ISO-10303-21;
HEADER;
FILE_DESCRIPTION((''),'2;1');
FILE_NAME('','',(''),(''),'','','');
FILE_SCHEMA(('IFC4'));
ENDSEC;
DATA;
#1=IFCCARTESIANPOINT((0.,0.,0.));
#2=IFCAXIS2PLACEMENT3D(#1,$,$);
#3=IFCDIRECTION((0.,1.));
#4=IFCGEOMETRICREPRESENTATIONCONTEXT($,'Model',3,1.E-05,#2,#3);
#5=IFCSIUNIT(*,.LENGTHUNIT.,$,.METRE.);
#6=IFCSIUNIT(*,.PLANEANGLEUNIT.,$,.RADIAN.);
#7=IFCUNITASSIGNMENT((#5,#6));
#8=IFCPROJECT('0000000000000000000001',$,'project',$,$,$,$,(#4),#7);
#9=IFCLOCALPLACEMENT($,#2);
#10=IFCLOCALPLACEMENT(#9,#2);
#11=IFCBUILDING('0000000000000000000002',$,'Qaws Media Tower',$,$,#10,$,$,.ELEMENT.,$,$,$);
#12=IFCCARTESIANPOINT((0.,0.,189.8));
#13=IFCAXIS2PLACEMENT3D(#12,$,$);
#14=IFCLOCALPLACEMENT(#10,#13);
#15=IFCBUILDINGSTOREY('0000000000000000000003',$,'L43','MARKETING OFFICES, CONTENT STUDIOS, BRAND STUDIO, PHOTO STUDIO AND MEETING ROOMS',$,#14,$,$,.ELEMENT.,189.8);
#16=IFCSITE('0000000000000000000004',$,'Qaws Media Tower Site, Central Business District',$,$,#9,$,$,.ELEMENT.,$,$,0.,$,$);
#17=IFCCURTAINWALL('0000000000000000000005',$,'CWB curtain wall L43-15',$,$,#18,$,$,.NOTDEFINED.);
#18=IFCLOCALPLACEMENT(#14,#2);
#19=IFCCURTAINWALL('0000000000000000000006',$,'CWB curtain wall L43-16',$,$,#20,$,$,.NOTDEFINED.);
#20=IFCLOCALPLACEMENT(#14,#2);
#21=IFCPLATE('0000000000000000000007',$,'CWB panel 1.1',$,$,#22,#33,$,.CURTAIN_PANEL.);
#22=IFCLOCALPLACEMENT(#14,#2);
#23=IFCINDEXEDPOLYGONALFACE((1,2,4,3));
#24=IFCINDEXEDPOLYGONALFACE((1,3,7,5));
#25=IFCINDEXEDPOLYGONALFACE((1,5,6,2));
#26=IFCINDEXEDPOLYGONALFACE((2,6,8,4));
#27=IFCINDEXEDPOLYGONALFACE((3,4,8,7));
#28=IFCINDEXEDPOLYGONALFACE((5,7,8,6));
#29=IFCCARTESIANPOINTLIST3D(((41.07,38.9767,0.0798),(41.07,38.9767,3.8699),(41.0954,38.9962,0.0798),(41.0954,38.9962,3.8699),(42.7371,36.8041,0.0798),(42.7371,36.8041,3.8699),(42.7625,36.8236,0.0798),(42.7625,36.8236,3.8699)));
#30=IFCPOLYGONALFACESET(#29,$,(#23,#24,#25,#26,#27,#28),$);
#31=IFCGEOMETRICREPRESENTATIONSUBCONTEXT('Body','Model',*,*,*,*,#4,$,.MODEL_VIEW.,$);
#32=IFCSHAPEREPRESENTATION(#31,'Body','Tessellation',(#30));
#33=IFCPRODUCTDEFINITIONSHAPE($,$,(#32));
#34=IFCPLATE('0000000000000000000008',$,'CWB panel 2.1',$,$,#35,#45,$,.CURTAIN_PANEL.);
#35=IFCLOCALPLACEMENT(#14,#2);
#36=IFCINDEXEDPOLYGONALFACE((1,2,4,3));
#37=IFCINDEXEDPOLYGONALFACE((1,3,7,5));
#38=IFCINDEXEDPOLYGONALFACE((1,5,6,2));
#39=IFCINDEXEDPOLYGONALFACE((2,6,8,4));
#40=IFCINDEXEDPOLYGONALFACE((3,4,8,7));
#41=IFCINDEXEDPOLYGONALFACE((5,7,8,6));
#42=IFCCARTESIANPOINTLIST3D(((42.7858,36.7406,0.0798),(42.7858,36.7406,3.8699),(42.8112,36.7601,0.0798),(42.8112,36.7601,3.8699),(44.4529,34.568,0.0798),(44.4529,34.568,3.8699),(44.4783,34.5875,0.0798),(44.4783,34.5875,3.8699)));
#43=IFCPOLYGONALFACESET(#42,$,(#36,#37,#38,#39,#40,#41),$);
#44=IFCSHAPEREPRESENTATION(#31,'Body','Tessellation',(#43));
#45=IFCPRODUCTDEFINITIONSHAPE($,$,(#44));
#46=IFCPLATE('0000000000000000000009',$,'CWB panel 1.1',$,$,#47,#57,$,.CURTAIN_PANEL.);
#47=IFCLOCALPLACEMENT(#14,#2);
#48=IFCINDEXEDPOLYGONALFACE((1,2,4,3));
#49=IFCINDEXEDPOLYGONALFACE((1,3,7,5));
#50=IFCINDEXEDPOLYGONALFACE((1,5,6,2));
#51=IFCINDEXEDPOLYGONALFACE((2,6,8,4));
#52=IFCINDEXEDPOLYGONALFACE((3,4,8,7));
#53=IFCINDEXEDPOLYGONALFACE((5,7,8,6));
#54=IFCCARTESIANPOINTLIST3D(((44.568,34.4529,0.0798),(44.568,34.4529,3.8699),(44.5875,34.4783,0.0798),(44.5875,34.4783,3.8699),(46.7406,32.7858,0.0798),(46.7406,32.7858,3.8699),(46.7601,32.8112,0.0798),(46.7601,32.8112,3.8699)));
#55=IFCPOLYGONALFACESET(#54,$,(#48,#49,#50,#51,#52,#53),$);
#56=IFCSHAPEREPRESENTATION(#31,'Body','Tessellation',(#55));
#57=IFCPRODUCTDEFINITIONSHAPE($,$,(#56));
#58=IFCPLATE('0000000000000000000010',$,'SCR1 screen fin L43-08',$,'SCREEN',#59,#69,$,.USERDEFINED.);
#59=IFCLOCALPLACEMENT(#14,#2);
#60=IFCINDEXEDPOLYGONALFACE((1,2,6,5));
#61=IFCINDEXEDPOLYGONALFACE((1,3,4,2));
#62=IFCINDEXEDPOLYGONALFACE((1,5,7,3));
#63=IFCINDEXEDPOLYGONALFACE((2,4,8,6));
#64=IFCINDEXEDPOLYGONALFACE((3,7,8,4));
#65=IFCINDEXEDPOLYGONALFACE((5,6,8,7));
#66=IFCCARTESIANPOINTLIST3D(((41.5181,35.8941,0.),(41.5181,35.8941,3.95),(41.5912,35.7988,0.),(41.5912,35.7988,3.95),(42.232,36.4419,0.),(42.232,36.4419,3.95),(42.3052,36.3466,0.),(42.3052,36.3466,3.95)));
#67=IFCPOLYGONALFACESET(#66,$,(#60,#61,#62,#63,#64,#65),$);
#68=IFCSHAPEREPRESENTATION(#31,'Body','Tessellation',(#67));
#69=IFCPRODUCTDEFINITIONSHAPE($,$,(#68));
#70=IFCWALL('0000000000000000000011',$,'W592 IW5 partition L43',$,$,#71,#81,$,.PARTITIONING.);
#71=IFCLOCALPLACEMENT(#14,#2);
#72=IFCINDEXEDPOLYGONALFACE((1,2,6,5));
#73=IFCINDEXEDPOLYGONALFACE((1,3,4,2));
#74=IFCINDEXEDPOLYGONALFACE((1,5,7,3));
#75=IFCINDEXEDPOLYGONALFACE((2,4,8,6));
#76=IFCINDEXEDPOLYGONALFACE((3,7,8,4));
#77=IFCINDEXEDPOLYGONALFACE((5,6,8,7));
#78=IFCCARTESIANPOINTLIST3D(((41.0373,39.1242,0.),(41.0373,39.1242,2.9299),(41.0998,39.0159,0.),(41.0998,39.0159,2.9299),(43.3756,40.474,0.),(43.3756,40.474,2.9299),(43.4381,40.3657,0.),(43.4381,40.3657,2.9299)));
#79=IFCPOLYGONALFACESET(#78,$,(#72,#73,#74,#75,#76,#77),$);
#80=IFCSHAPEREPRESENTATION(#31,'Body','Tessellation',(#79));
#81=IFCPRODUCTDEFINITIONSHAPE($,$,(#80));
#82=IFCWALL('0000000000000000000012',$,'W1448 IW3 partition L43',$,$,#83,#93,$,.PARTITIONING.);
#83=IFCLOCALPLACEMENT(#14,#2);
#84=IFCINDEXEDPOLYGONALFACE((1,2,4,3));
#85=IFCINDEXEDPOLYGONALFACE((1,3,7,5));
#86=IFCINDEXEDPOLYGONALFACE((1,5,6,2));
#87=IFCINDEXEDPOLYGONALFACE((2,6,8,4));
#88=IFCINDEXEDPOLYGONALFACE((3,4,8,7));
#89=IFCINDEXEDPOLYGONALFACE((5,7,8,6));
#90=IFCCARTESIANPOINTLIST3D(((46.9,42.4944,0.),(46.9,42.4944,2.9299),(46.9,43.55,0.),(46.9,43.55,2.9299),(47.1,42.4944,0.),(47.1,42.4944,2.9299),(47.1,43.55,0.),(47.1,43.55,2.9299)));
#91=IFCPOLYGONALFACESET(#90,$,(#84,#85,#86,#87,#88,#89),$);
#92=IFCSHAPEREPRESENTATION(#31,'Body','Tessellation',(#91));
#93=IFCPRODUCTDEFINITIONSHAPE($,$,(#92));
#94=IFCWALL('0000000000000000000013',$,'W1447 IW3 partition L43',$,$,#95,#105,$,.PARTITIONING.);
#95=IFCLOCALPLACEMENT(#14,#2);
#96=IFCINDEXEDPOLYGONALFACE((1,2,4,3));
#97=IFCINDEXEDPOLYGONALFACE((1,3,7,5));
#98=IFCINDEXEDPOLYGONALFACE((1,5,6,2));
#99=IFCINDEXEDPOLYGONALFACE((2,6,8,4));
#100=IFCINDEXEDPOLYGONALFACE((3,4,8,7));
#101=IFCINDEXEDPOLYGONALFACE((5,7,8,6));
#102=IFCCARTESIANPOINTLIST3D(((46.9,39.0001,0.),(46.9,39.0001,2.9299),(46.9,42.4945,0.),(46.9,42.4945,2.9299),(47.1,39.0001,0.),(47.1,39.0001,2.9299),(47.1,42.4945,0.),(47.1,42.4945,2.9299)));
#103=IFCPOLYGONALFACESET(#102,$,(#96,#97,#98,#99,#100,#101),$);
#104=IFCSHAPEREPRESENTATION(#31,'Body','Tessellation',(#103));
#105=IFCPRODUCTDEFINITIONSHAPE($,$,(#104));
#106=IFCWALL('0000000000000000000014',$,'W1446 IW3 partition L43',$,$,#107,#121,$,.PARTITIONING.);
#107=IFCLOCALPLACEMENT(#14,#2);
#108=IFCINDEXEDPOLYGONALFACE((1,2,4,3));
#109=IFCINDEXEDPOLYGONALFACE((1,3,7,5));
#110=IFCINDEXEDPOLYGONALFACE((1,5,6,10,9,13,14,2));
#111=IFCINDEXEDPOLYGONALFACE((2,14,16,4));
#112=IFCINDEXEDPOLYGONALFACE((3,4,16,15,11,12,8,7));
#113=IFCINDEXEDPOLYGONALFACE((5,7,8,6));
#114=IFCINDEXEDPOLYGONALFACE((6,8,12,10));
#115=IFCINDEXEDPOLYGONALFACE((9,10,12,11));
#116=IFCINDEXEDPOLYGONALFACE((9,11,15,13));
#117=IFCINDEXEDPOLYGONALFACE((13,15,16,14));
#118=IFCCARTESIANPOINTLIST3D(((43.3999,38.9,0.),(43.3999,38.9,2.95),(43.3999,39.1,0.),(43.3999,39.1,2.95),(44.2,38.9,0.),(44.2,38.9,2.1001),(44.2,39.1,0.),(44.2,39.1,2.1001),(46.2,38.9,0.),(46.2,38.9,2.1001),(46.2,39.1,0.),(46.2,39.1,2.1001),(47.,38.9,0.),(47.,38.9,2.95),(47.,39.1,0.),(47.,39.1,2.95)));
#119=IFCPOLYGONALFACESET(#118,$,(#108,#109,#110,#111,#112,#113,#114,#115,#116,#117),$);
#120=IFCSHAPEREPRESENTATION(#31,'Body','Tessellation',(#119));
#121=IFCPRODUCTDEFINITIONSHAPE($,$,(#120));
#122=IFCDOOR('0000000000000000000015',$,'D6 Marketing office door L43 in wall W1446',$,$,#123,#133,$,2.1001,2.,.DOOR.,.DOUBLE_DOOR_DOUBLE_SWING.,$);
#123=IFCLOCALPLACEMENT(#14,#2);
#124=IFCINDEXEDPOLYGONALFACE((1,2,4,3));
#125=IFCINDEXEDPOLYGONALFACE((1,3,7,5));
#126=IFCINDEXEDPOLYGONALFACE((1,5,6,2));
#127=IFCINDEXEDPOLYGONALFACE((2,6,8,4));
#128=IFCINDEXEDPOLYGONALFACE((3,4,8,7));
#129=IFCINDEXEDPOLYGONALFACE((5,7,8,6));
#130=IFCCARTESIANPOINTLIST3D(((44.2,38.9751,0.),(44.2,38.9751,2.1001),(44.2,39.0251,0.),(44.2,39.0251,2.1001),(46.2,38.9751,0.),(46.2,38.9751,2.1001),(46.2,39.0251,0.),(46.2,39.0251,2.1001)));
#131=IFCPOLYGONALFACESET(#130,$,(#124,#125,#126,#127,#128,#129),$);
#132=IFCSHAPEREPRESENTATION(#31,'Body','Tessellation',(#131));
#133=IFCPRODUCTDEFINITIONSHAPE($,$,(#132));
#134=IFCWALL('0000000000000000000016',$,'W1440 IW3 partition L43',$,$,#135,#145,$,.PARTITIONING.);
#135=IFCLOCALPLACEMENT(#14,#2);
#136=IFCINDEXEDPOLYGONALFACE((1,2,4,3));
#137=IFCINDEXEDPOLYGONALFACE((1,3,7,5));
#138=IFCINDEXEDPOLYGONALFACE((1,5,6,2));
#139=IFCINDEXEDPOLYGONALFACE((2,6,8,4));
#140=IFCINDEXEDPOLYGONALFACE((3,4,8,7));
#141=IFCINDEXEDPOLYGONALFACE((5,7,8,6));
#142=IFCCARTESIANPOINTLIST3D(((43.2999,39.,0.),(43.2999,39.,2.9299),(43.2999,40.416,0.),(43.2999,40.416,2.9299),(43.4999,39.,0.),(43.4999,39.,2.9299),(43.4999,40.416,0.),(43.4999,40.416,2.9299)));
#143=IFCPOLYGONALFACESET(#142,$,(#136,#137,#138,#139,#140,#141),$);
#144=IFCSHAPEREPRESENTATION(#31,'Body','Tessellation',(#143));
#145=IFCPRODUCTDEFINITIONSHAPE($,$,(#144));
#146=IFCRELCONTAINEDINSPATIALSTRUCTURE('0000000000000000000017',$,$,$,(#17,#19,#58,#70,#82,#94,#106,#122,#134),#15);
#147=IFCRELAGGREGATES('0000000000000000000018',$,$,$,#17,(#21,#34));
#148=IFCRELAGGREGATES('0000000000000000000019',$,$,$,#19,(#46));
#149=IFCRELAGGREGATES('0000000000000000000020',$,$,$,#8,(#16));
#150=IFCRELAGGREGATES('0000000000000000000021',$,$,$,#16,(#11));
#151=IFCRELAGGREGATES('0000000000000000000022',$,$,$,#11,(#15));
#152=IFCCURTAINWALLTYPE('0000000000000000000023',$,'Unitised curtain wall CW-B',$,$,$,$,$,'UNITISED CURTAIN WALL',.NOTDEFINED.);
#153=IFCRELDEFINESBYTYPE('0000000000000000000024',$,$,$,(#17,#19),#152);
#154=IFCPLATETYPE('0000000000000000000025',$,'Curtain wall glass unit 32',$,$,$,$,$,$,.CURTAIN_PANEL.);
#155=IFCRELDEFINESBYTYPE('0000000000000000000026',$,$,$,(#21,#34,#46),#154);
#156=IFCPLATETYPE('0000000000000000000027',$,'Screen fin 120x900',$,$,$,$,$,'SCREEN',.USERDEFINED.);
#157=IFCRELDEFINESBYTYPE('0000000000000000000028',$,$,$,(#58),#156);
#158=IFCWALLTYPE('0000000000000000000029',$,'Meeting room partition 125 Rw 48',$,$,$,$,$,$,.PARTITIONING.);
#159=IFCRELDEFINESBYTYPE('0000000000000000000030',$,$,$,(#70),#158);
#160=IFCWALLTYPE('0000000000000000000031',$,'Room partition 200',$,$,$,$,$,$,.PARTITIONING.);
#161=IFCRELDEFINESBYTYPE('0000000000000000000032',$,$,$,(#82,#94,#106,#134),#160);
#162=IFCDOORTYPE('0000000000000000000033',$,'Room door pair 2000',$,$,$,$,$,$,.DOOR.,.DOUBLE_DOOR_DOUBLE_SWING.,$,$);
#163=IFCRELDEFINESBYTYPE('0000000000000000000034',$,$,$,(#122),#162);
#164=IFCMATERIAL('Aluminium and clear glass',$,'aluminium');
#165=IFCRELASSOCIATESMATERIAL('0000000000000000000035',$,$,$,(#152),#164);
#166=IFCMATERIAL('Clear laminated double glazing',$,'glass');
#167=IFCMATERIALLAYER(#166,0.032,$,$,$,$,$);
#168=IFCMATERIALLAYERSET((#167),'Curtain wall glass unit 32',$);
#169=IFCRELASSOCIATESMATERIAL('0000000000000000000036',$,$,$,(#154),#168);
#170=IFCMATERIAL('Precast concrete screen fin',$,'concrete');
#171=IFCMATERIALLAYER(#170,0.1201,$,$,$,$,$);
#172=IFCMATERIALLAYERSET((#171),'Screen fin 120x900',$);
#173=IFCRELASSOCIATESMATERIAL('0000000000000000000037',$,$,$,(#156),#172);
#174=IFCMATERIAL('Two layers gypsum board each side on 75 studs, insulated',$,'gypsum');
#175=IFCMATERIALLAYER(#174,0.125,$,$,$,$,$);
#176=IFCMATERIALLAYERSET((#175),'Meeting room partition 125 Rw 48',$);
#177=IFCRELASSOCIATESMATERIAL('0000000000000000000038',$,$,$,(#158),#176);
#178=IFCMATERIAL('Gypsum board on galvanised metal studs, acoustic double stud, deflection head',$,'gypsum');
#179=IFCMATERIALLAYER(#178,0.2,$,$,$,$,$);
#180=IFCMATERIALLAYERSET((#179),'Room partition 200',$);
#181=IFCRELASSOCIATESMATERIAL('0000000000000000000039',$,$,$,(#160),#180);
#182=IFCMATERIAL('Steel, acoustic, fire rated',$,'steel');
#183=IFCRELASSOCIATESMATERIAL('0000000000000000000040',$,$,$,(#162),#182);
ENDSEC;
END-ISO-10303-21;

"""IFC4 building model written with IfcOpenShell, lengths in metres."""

from ifc_helpers import new_model, si_unit, direction, frame, frame_2d, origin, origin_2d, place, context, subcontext, project, spatial, rectangle, extrude, material, layer, layer_set, type_object, element, fill, aggregate, save


model = new_model("IFC4")

# Units and contexts
model_context = context("Model", 3, precision=1e-05, world=origin(), true_north=direction((0.0, 1.0)))
body_context = subcontext(model_context, "Body", "Model", "MODEL_VIEW")
ifc_project = project(units=[si_unit("LENGTHUNIT", "METRE"), si_unit("PLANEANGLEUNIT", "RADIAN")], contexts=[model_context])

# Site, building, storey
site_placement = place(None, origin())
site = spatial("IfcSite", under=ifc_project, at=site_placement, Name="Qaws Media Tower Site, Central Business District", CompositionType="ELEMENT", RefElevation=0.0)
building_placement = place(site_placement, origin())
building = spatial("IfcBuilding", under=site, at=building_placement, Name="Qaws Media Tower", CompositionType="ELEMENT")
storey_placement = place(building_placement, frame((0.0, 0.0, 189.8)))
storey = spatial("IfcBuildingStorey", under=building, at=storey_placement, Name="L43", Description="MARKETING OFFICES, CONTENT STUDIOS, BRAND STUDIO, PHOTO STUDIO AND MEETING ROOMS", CompositionType="ELEMENT", Elevation=189.8)

# Shared definitions
ifc_material_1 = material(Name="Aluminium and clear glass", Category="aluminium")
curtain_wall_type = type_object("IfcCurtainWallType", Name="Unitised curtain wall CW-B", ElementType="UNITISED CURTAIN WALL", PredefinedType="NOTDEFINED", material=ifc_material_1)

# Curtain wall
curtain_wall_1_placement = place(storey_placement, origin())
curtain_wall_1 = element("IfcCurtainWall", 1, at=curtain_wall_1_placement, inside=storey, type_object=curtain_wall_type, Name="CWB curtain wall L43-15", PredefinedType="NOTDEFINED")

# Curtain wall
curtain_wall_2_placement = place(storey_placement, origin())
curtain_wall_2 = element("IfcCurtainWall", 2, at=curtain_wall_2_placement, inside=storey, type_object=curtain_wall_type, Name="CWB curtain wall L43-16", PredefinedType="NOTDEFINED")

# Plates
ifc_material_2 = material(Name="Clear laminated double glazing", Category="glass")
ifc_layer_1 = layer(ifc_material_2, 0.032)
ifc_layer_set_1 = layer_set([ifc_layer_1], Name="Curtain wall glass unit 32")
plate_type_1 = type_object("IfcPlateType", Name="Curtain wall glass unit 32", PredefinedType="CURTAIN_PANEL", material=ifc_layer_set_1)
plate_1_placement = place(storey_placement, frame((41.9163, 37.9001, 0.0798), z_axis=(0.0, 0.0, 1.0), x_axis=(0.608761, -0.793353, 0.0)))
plate_1 = element("IfcPlate", 3, at=plate_1_placement, type_object=plate_type_1, Name="CWB panel 1.1", PredefinedType="CURTAIN_PANEL", context=body_context, shape_type="SweptSolid", body=[
    extrude(rectangle(XDim=2.7385, YDim=0.032, at=origin_2d()), origin(), (0.0, 0.0, 1.0), 3.79),
])
plate_2_placement = place(storey_placement, frame((43.6321, 35.6641, 0.0798), z_axis=(0.0, 0.0, 1.0), x_axis=(0.608761, -0.793353, 0.0)))
plate_2 = element("IfcPlate", 4, at=plate_2_placement, type_object=plate_type_1, Name="CWB panel 2.1", PredefinedType="CURTAIN_PANEL", context=body_context, shape_type="SweptSolid", body=[
    extrude(rectangle(XDim=2.7385, YDim=0.032, at=origin_2d()), origin(), (0.0, 0.0, 1.0), 3.79),
])
aggregate(curtain_wall_1, [plate_1, plate_2])
plate_3_placement = place(storey_placement, frame((45.6641, 33.6321, 0.0798), z_axis=(0.0, 0.0, 1.0), x_axis=(0.793353, -0.608761, 0.0)))
plate_3 = element("IfcPlate", 5, at=plate_3_placement, type_object=plate_type_1, Name="CWB panel 1.1", PredefinedType="CURTAIN_PANEL", context=body_context, shape_type="SweptSolid", body=[
    extrude(rectangle(XDim=2.7385, YDim=0.032, at=origin_2d()), origin(), (0.0, 0.0, 1.0), 3.79),
])
aggregate(curtain_wall_2, [plate_3])
ifc_material_3 = material(Name="Precast concrete screen fin", Category="concrete")
ifc_layer_2 = layer(ifc_material_3, 0.1201)
ifc_layer_set_2 = layer_set([ifc_layer_2], Name="Screen fin 120x900")
plate_type_2 = type_object("IfcPlateType", Name="Screen fin 120x900", ElementType="SCREEN", PredefinedType="USERDEFINED", material=ifc_layer_set_2)
plate_4_placement = place(storey_placement, frame((41.9116, 36.1204, 0.0), z_axis=(0.0, 0.0, 1.0), x_axis=(-0.793353, -0.608761, 0.0)))
element("IfcPlate", 6, at=plate_4_placement, inside=storey, type_object=plate_type_2, Name="SCR1 screen fin L43-08", ObjectType="SCREEN", PredefinedType="USERDEFINED", context=body_context, shape_type="SweptSolid", body=[
    extrude(rectangle(XDim=0.8999, YDim=0.1201, at=origin_2d()), origin(), (0.0, 0.0, 1.0), 3.95),
])

# Walls
ifc_material_4 = material(Name="Two layers gypsum board each side on 75 studs, insulated", Category="gypsum")
ifc_layer_3 = layer(ifc_material_4, 0.125)
ifc_layer_set_3 = layer_set([ifc_layer_3], Name="Meeting room partition 125 Rw 48")
wall_type_1 = type_object("IfcWallType", Name="Meeting room partition 125 Rw 48", PredefinedType="PARTITIONING", material=ifc_layer_set_3)
wall_1_placement = place(storey_placement, frame((43.407, 40.4199, 0.0), z_axis=(0.0, 0.0, 1.0), x_axis=(-0.866059, -0.499942, 0.0)))
element("IfcWall", 7, at=wall_1_placement, inside=storey, type_object=wall_type_1, Name="W592 IW5 partition L43", PredefinedType="PARTITIONING", context=body_context, shape_type="SweptSolid", body=[
    extrude(rectangle(XDim=2.7, YDim=0.125, at=frame_2d((1.3501, 0.0))), origin(), (0.0, 0.0, 1.0), 2.9299),
])
ifc_material_5 = material(Name="Gypsum board on galvanised metal studs, acoustic double stud, deflection head", Category="gypsum")
ifc_layer_4 = layer(ifc_material_5, 0.2)
ifc_layer_set_4 = layer_set([ifc_layer_4], Name="Room partition 200")
wall_type_2 = type_object("IfcWallType", Name="Room partition 200", PredefinedType="PARTITIONING", material=ifc_layer_set_4)
wall_2_placement = place(storey_placement, frame((47.0, 43.55, 0.0), z_axis=(0.0, 0.0, 1.0), x_axis=(0.0, -1.0, 0.0)))
element("IfcWall", 8, at=wall_2_placement, inside=storey, type_object=wall_type_2, Name="W1448 IW3 partition L43", PredefinedType="PARTITIONING", context=body_context, shape_type="SweptSolid", body=[
    extrude(rectangle(XDim=1.0557, YDim=0.2, at=frame_2d((0.5278, 0.0))), origin(), (0.0, 0.0, 1.0), 2.9299),
])
wall_3_placement = place(storey_placement, frame((47.0, 42.4944, 0.0), z_axis=(0.0, 0.0, 1.0), x_axis=(0.0, -1.0, 0.0)))
element("IfcWall", 9, at=wall_3_placement, inside=storey, type_object=wall_type_2, Name="W1447 IW3 partition L43", PredefinedType="PARTITIONING", context=body_context, shape_type="SweptSolid", body=[
    extrude(rectangle(XDim=3.4944, YDim=0.2, at=frame_2d((1.7471, 0.0))), origin(), (0.0, 0.0, 1.0), 2.9299),
])

# Wall, opening, door
wall_4_placement = place(storey_placement, frame((47.0, 39.0, 0.0), z_axis=(0.0, 0.0, 1.0), x_axis=(-1.0, 0.0, 0.0)))
wall_4 = element("IfcWall", 10, at=wall_4_placement, inside=storey, type_object=wall_type_2, Name="W1446 IW3 partition L43", PredefinedType="PARTITIONING", context=body_context, shape_type="SweptSolid", body=[
    extrude(rectangle(XDim=3.6001, YDim=0.2, at=frame_2d((1.8, 0.0))), origin(), (0.0, 0.0, 1.0), 2.95),
])
opening_1_placement = place(wall_4_placement, frame((0.8, 0.0, 0.0)))
opening_1 = element("IfcOpeningElement", 11, at=opening_1_placement, cuts=wall_4, PredefinedType="OPENING", context=body_context, shape_type="SweptSolid", body=[
    extrude(rectangle(XDim=2.0, YDim=2.1001, at=frame_2d((1.0, 1.05))), frame((0.0, 0.1099, 0.0), z_axis=(0.0, -1.0, 0.0), x_axis=(1.0, 0.0, 0.0)), (0.0, 0.0, 1.0), 0.22),
])
ifc_material_6 = material(Name="Steel, acoustic, fire rated", Category="steel")
door_type_1 = type_object("IfcDoorType", Name="Room door pair 2000", OperationType="DOUBLE_DOOR_DOUBLE_SWING", PredefinedType="DOOR", material=ifc_material_6)
door_1_placement = place(opening_1_placement, origin())
door_1 = element("IfcDoor", 12, at=door_1_placement, inside=storey, type_object=door_type_1, Name="D6 Marketing office door L43 in wall W1446", OperationType="DOUBLE_DOOR_DOUBLE_SWING", OverallHeight=2.1001, OverallWidth=2.0, PredefinedType="DOOR", context=body_context, shape_type="SweptSolid", body=[
    extrude(rectangle(XDim=2.0, YDim=2.1001, at=frame_2d((1.0, 1.05))), frame((0.0, 0.0249, 0.0), z_axis=(0.0, -1.0, 0.0), x_axis=(1.0, 0.0, 0.0)), (0.0, 0.0, 1.0), 0.05),
])
fill(opening_1, door_1)

# Wall
wall_5_placement = place(storey_placement, frame((43.3999, 39.0, 0.0), z_axis=(0.0, 0.0, 1.0), x_axis=(0.0, 1.0, 0.0)))
element("IfcWall", 13, at=wall_5_placement, inside=storey, type_object=wall_type_2, Name="W1440 IW3 partition L43", PredefinedType="PARTITIONING", context=body_context, shape_type="SweptSolid", body=[
    extrude(rectangle(XDim=1.416, YDim=0.2, at=frame_2d((0.708, 0.0))), origin(), (0.0, 0.0, 1.0), 2.9299),
])

save(model, "model.ifc")
